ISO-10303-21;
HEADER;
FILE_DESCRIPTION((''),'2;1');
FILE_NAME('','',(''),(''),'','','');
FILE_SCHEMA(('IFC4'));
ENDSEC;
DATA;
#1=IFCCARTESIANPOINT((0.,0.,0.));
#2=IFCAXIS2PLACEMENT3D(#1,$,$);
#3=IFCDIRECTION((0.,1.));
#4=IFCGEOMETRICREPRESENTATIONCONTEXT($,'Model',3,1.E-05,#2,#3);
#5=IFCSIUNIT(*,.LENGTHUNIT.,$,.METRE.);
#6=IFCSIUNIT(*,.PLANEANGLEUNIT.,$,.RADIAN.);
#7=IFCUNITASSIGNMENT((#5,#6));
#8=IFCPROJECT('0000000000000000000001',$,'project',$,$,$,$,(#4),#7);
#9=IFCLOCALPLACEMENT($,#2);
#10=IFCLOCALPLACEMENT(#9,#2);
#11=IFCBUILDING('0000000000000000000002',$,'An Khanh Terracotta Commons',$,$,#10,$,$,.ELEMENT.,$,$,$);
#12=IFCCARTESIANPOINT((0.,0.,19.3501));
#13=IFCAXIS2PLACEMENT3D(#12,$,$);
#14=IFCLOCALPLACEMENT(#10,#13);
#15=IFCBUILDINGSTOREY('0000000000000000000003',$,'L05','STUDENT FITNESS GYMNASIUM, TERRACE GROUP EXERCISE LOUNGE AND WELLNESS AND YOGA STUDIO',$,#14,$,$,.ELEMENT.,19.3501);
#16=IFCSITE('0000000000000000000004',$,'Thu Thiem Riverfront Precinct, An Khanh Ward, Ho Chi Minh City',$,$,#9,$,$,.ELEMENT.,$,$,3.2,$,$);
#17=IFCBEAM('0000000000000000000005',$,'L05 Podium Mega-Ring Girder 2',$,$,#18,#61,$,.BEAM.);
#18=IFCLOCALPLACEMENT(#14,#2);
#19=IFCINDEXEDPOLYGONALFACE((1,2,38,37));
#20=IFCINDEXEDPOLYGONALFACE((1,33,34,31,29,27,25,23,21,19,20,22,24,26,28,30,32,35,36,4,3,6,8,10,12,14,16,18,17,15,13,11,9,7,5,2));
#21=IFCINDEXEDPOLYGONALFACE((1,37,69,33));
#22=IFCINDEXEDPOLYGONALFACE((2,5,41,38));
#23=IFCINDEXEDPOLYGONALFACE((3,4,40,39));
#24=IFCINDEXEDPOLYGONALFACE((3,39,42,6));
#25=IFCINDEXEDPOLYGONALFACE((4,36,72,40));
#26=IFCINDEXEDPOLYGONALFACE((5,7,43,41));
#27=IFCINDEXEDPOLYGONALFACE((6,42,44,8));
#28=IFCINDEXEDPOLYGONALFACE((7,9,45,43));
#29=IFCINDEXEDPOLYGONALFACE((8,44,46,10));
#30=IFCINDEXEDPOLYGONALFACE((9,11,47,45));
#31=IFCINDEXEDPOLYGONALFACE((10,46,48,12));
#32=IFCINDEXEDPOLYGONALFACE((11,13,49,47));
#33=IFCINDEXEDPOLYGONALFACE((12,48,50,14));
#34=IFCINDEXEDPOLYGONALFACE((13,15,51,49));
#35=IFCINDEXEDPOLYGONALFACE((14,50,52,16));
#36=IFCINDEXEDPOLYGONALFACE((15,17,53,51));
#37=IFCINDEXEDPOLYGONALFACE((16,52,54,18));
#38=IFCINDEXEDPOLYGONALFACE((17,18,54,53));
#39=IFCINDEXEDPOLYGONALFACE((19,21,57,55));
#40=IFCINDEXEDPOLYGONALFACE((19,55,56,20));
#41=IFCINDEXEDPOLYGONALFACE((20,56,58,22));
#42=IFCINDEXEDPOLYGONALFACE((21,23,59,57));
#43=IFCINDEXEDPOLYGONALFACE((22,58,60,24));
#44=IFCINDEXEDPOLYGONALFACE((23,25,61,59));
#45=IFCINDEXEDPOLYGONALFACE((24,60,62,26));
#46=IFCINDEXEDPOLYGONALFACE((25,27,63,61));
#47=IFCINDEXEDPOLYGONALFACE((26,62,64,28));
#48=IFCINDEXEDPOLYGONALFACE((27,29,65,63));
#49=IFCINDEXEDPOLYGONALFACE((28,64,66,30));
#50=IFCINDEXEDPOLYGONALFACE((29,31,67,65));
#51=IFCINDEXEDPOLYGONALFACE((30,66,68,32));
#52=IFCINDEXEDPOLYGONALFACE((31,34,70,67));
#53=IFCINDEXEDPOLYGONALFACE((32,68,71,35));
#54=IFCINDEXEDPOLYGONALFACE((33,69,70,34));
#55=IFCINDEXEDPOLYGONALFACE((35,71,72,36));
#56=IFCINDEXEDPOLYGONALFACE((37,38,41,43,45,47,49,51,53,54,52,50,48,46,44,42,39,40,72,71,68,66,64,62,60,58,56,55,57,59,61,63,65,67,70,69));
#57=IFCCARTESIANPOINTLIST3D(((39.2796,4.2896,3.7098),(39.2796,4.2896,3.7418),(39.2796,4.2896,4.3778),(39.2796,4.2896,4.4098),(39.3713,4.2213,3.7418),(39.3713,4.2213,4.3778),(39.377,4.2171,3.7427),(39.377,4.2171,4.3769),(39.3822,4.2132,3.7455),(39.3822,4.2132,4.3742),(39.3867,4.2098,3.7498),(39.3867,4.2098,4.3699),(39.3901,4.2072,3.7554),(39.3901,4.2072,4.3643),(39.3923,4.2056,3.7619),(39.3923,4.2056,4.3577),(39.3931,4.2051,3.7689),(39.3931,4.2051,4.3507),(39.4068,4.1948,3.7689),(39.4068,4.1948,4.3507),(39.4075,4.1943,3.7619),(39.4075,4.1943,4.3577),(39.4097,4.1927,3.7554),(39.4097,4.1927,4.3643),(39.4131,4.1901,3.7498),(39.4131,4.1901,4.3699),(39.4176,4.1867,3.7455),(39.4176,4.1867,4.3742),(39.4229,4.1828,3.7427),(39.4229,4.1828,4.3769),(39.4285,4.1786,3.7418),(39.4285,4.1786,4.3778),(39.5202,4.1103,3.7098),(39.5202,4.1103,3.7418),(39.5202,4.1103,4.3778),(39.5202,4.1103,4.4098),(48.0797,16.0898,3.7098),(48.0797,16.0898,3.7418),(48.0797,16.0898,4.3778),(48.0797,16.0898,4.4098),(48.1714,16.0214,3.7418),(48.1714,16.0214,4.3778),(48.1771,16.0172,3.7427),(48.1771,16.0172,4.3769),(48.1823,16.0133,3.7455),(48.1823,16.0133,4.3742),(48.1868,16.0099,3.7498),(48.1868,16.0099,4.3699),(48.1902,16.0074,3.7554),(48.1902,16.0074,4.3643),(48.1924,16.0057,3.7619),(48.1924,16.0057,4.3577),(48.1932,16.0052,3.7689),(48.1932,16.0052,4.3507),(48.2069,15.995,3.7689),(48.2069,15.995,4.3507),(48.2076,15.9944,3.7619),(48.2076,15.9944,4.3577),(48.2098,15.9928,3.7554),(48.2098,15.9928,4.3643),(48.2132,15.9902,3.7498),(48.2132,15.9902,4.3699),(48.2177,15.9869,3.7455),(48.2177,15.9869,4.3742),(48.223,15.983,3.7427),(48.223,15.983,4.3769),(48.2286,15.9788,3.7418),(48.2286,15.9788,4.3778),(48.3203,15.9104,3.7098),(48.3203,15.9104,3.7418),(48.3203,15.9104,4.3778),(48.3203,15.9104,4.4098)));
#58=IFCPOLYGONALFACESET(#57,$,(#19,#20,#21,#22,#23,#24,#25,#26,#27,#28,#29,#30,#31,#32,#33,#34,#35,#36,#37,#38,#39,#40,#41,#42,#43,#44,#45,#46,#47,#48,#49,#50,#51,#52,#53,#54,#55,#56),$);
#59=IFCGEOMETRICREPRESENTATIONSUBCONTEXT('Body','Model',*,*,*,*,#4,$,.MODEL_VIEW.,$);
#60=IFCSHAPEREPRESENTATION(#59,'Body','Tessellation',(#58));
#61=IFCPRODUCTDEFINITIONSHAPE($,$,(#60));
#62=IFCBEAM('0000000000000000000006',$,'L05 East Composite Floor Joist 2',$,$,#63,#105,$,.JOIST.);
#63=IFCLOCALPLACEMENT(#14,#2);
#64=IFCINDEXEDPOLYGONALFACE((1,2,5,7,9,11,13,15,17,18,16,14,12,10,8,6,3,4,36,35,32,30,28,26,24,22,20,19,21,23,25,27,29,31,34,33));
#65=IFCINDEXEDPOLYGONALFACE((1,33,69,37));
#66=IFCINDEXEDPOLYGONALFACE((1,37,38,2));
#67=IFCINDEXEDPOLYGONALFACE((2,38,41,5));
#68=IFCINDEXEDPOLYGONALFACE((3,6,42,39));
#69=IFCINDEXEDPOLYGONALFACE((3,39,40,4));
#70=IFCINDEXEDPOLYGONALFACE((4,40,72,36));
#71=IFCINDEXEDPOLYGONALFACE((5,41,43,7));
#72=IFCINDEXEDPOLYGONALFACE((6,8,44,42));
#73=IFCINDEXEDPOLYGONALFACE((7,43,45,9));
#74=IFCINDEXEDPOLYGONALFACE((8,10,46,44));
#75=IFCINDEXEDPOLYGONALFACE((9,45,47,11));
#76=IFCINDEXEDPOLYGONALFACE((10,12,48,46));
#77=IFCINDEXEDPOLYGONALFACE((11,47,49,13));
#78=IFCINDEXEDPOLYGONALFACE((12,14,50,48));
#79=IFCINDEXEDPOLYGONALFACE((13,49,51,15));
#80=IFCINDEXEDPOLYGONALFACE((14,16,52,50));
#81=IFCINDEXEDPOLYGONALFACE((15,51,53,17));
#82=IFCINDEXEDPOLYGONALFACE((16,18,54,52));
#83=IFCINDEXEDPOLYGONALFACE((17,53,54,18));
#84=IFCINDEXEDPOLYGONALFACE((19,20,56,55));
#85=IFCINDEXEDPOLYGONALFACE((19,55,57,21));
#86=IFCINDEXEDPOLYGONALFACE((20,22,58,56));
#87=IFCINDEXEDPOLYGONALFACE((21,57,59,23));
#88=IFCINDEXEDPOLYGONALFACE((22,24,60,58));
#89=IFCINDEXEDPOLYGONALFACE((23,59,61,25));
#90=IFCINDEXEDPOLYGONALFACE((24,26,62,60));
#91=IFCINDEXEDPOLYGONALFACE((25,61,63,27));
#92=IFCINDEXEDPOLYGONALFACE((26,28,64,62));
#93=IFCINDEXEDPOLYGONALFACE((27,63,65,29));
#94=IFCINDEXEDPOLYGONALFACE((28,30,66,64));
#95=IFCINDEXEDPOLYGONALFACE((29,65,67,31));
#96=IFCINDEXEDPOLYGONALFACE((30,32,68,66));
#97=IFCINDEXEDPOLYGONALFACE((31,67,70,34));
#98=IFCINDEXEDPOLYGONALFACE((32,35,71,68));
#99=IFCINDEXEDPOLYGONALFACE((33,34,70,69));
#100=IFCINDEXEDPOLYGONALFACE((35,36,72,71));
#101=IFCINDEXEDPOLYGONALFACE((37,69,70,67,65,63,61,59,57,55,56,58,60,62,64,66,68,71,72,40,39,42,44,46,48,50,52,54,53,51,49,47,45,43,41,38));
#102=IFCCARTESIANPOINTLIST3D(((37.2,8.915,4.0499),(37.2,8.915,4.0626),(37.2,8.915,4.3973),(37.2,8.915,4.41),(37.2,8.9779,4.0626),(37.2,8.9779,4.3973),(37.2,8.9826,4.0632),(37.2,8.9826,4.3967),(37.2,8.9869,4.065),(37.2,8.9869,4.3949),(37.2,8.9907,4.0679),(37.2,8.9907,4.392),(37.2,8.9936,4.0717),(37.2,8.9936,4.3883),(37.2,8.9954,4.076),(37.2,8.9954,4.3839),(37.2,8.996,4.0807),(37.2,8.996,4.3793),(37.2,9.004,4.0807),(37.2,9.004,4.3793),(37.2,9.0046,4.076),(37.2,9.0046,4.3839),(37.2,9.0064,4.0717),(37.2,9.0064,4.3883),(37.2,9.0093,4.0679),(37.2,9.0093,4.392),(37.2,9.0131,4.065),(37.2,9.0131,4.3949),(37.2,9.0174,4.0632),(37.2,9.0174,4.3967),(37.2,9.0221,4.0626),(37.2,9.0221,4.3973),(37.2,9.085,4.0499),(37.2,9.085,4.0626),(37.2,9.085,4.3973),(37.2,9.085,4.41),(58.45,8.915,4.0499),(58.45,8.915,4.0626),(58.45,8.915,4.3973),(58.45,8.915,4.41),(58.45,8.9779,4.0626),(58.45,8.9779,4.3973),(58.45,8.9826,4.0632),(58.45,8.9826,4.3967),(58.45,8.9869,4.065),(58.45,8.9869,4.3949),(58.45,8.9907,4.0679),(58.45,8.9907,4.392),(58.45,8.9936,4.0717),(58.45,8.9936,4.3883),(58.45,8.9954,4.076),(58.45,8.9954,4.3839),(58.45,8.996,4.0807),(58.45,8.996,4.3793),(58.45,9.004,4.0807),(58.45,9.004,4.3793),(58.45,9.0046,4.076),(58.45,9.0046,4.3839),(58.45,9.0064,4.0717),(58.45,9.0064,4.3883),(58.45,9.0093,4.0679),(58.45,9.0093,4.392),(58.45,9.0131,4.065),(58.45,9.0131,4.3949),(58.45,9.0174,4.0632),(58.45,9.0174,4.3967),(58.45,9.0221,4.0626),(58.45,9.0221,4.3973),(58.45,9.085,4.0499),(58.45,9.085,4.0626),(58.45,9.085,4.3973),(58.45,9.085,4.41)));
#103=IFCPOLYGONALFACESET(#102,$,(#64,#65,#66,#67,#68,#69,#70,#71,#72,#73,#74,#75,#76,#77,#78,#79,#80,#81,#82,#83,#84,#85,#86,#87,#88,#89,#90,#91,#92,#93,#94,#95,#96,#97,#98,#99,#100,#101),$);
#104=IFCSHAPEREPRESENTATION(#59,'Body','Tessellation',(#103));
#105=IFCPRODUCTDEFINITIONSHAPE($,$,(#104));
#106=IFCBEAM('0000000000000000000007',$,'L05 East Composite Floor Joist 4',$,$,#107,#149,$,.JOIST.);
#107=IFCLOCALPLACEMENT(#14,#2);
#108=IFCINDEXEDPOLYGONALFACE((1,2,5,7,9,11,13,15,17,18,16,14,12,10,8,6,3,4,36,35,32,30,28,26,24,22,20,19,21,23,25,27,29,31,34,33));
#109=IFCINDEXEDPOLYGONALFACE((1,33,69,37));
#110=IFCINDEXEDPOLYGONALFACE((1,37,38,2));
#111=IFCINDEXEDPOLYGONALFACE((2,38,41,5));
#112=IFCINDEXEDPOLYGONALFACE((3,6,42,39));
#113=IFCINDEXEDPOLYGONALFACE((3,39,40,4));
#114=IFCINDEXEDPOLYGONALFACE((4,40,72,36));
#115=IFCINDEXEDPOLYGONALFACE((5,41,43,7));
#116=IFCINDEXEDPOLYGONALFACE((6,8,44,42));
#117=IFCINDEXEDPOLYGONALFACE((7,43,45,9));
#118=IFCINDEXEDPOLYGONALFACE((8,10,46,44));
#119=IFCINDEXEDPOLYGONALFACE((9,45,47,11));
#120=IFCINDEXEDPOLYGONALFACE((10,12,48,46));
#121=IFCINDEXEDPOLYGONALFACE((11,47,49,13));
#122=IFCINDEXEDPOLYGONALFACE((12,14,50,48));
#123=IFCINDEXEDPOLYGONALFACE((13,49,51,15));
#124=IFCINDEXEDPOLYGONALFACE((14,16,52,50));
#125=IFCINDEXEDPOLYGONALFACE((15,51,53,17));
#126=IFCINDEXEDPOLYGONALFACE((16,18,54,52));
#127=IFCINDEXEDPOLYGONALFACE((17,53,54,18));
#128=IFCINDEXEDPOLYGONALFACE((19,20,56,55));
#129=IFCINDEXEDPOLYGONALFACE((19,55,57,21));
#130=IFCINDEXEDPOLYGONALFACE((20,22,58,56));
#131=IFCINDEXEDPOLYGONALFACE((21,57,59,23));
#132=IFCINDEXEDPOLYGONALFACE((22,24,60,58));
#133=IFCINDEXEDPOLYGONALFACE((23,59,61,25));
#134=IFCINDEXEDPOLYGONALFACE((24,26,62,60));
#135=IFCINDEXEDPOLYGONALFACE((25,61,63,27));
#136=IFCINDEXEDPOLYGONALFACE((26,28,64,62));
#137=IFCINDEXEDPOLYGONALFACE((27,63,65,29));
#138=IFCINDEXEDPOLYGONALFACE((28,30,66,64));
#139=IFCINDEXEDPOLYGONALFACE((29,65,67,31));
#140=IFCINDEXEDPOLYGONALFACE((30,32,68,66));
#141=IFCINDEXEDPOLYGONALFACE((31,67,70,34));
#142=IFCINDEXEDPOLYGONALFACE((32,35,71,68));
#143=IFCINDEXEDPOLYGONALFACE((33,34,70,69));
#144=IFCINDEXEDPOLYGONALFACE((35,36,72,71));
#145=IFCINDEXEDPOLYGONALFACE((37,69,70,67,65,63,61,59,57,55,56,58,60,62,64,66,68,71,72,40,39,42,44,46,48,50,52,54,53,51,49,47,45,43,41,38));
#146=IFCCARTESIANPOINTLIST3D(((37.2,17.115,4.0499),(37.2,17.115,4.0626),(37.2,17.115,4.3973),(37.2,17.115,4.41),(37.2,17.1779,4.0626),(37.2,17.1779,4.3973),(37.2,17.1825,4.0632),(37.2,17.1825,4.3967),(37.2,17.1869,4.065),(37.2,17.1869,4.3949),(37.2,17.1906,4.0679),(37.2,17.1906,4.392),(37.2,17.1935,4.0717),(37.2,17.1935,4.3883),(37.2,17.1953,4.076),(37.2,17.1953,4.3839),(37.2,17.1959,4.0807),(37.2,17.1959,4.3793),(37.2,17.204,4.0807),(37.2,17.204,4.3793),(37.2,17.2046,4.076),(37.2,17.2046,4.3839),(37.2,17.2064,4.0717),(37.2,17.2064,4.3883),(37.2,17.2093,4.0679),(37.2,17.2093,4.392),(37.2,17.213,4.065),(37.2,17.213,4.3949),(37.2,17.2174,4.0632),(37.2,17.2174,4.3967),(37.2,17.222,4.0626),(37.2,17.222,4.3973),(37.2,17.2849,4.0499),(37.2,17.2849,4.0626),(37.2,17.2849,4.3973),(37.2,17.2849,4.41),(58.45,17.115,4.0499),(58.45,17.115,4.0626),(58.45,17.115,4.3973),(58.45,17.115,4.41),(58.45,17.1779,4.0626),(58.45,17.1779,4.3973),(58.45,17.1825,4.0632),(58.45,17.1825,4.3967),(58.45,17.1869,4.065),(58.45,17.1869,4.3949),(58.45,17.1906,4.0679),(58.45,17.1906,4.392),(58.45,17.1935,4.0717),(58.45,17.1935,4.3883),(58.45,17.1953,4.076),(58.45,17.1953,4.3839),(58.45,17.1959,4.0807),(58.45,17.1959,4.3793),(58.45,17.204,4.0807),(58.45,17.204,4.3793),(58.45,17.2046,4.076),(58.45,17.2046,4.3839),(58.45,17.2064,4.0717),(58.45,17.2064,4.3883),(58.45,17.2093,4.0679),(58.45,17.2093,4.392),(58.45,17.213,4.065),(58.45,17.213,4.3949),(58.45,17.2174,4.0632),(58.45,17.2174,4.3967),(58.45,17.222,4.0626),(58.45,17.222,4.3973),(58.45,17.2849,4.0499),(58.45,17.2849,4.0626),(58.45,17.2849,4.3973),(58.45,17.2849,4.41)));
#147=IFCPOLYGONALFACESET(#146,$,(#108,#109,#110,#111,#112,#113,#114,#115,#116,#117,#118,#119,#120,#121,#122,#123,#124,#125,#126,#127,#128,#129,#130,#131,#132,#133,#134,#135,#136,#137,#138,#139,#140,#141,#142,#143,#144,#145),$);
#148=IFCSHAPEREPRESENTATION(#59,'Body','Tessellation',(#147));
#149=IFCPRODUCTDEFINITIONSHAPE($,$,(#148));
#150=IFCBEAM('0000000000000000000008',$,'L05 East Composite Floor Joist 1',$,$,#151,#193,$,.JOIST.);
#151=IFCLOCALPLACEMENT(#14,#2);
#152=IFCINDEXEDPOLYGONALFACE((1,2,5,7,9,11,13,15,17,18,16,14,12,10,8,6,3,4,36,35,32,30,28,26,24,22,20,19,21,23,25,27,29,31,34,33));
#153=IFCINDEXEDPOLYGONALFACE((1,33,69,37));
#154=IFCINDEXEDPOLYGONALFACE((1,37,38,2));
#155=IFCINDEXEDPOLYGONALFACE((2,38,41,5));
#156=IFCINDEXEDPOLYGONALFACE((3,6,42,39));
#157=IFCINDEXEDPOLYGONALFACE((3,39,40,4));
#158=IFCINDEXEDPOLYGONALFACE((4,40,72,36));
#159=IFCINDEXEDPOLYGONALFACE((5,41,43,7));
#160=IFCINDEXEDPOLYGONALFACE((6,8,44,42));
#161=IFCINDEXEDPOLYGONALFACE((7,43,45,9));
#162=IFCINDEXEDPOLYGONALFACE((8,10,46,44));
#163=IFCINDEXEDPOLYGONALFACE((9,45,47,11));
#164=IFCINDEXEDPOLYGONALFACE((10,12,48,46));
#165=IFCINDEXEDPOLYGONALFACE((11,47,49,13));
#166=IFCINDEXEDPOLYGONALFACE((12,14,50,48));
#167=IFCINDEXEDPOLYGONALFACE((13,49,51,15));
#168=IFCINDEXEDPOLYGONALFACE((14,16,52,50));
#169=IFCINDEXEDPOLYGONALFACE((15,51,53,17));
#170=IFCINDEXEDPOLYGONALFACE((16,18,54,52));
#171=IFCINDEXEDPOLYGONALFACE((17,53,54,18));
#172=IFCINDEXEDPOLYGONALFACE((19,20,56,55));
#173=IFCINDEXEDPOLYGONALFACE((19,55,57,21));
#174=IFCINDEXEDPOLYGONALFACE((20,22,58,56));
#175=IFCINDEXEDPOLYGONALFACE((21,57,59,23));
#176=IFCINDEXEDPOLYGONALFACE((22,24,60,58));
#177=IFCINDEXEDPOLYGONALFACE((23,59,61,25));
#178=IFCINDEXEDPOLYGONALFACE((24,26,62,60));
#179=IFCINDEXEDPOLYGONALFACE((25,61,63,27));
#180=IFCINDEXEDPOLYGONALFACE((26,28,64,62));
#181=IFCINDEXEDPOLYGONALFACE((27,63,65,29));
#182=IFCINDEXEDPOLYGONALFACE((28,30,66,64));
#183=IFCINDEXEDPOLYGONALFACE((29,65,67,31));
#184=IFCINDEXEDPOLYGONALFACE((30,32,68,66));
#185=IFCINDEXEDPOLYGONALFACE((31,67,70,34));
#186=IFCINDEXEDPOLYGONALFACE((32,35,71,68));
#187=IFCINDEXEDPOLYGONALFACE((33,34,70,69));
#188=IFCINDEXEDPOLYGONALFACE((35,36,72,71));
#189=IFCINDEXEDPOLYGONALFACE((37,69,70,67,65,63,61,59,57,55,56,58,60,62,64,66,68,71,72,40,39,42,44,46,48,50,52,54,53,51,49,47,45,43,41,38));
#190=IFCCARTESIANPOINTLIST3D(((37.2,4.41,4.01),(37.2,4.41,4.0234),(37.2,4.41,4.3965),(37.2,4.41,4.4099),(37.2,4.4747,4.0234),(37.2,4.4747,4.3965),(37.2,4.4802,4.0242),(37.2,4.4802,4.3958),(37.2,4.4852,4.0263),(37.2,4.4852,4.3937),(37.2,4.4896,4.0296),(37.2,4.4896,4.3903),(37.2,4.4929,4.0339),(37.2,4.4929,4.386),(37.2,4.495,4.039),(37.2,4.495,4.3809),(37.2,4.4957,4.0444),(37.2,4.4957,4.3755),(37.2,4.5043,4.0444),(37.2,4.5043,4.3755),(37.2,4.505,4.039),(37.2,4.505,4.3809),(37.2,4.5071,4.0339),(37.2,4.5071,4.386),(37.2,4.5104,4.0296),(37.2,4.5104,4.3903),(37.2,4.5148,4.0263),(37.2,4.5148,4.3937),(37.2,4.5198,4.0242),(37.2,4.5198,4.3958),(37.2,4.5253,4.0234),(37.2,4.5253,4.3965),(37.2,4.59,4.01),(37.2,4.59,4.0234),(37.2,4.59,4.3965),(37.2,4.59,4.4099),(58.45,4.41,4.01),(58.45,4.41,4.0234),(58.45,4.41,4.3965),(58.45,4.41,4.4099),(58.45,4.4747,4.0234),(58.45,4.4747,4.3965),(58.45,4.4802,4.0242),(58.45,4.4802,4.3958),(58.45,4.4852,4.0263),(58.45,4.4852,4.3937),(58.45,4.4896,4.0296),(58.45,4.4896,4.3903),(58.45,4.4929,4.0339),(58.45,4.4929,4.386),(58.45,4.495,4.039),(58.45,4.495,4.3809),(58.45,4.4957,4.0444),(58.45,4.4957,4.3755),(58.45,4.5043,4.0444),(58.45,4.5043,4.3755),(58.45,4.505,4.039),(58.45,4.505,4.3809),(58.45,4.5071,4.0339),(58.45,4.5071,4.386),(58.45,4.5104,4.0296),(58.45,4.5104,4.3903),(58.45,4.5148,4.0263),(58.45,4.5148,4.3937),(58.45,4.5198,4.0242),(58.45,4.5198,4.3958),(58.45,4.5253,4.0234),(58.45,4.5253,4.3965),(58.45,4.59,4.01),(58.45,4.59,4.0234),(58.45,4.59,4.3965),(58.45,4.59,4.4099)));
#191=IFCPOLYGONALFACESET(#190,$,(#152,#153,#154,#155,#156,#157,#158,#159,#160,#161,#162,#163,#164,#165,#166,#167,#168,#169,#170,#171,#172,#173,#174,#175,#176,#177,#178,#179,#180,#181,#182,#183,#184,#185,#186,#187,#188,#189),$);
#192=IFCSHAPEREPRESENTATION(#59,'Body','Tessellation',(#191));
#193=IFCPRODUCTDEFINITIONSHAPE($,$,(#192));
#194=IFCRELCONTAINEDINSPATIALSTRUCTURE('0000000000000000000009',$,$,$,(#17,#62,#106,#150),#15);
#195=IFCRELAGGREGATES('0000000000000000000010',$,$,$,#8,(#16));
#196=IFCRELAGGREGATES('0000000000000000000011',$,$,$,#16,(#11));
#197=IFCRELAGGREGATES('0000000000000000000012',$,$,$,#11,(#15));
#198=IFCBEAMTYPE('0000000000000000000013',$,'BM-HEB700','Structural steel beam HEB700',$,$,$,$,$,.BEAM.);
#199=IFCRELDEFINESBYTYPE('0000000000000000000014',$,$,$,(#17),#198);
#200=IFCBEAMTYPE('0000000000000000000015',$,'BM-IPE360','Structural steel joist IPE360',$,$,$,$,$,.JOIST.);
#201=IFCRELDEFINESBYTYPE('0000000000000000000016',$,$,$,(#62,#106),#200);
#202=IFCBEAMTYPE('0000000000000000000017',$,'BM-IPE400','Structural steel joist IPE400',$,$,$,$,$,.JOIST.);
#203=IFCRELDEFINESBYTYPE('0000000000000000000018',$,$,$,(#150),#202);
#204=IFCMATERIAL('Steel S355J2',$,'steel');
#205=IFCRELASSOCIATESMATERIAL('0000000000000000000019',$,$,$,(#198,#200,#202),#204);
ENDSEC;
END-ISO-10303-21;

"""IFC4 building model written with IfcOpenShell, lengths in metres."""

from ifc_helpers import new_model, si_unit, direction, frame, origin, origin_2d, place, context, subcontext, project, spatial, i_section, extrude, material, material_profile, profile_set, type_object, element, save


model = new_model("IFC4")

# Units and contexts
model_context = context("Model", 3, precision=1e-05, world=origin(), true_north=direction((0.0, 1.0)))
body_context = subcontext(model_context, "Body", "Model", "MODEL_VIEW")
ifc_project = project(units=[si_unit("LENGTHUNIT", "METRE"), si_unit("PLANEANGLEUNIT", "RADIAN")], contexts=[model_context])

# Site, building, storey
site_placement = place(None, origin())
site = spatial("IfcSite", under=ifc_project, at=site_placement, Name="Thu Thiem Riverfront Precinct, An Khanh Ward, Ho Chi Minh City", CompositionType="ELEMENT", RefElevation=3.2)
building_placement = place(site_placement, origin())
building = spatial("IfcBuilding", under=site, at=building_placement, Name="An Khanh Terracotta Commons", CompositionType="ELEMENT")
storey_placement = place(building_placement, frame((0.0, 0.0, 19.3501)))
storey = spatial("IfcBuildingStorey", under=building, at=storey_placement, Name="L05", Description="STUDENT FITNESS GYMNASIUM, TERRACE GROUP EXERCISE LOUNGE AND WELLNESS AND YOGA STUDIO", CompositionType="ELEMENT", Elevation=19.3501)

# Beams
ifc_material_1 = material(Name="Steel S355J2", Category="steel")
ifc_material_profile_1 = material_profile(ifc_material_1, i_section(OverallWidth=0.3, OverallDepth=0.7, WebThickness=0.0171, FlangeThickness=0.032, FilletRadius=0.0271, at=origin_2d()), Name="HEB700")
ifc_profile_set_1 = profile_set([ifc_material_profile_1], Name="Steel S355J2")
beam_type_1 = type_object("IfcBeamType", Name="BM-HEB700", Description="Structural steel beam HEB700", PredefinedType="BEAM", material=ifc_profile_set_1)
beam_1_placement = place(storey_placement, frame((39.3999, 4.2, 4.0598), z_axis=(0.597824, 0.801627, 0.0), x_axis=(-0.801627, 0.597824, 0.0)))
element("IfcBeam", 1, at=beam_1_placement, inside=storey, type_object=beam_type_1, Name="L05 Podium Mega-Ring Girder 2", PredefinedType="BEAM", context=body_context, shape_type="SweptSolid", body=[
    extrude(i_section(OverallWidth=0.3, OverallDepth=0.7, WebThickness=0.0171, FlangeThickness=0.032, FilletRadius=0.0271, at=origin_2d()), origin(), (0.0, 0.0, 1.0), 14.7202),
])
ifc_material_profile_2 = material_profile(ifc_material_1, i_section(OverallWidth=0.1699, OverallDepth=0.3601, WebThickness=0.0081, FlangeThickness=0.0127, FilletRadius=0.0181, at=origin_2d()), Name="IPE360")
ifc_profile_set_2 = profile_set([ifc_material_profile_2], Name="Steel S355J2")
beam_type_2 = type_object("IfcBeamType", Name="BM-IPE360", Description="Structural steel joist IPE360", PredefinedType="JOIST", material=ifc_profile_set_2)
for number, where, z_axis, x_axis, name in (
    (2, (37.2, 9.0, 4.23), (1.0, 0.0, 0.0), (0.0, 1.0, 0.0), "L05 East Composite Floor Joist 2"),
    (3, (37.2, 17.2, 4.23), (1.0, 0.0, 0.0), (0.0, 1.0, 0.0), "L05 East Composite Floor Joist 4"),
):
    element("IfcBeam", number, at=place(storey_placement, frame(where, z_axis=z_axis, x_axis=x_axis)), inside=storey, type_object=beam_type_2, Name=name, PredefinedType="JOIST", context=body_context, shape_type="SweptSolid", body=[
        extrude(i_section(OverallWidth=0.1699, OverallDepth=0.3601, WebThickness=0.0081, FlangeThickness=0.0127, FilletRadius=0.0181, at=origin_2d()), origin(), (0.0, 0.0, 1.0), 21.25),
    ])
ifc_material_profile_3 = material_profile(ifc_material_1, i_section(OverallWidth=0.1799, OverallDepth=0.3999, WebThickness=0.0085, FlangeThickness=0.0134, FilletRadius=0.021, at=origin_2d()), Name="IPE400")
ifc_profile_set_3 = profile_set([ifc_material_profile_3], Name="Steel S355J2")
beam_type_3 = type_object("IfcBeamType", Name="BM-IPE400", Description="Structural steel joist IPE400", PredefinedType="JOIST", material=ifc_profile_set_3)
for number, where, z_axis, x_axis, name in (
    (4, (37.2, 4.5, 4.21), (1.0, 0.0, 0.0), (0.0, 1.0, 0.0), "L05 East Composite Floor Joist 1"),
):
    element("IfcBeam", number, at=place(storey_placement, frame(where, z_axis=z_axis, x_axis=x_axis)), inside=storey, type_object=beam_type_3, Name=name, PredefinedType="JOIST", context=body_context, shape_type="SweptSolid", body=[
        extrude(i_section(OverallWidth=0.1799, OverallDepth=0.3999, WebThickness=0.0085, FlangeThickness=0.0134, FilletRadius=0.021, at=origin_2d()), origin(), (0.0, 0.0, 1.0), 21.25),
    ])

save(model, "model.ifc")
